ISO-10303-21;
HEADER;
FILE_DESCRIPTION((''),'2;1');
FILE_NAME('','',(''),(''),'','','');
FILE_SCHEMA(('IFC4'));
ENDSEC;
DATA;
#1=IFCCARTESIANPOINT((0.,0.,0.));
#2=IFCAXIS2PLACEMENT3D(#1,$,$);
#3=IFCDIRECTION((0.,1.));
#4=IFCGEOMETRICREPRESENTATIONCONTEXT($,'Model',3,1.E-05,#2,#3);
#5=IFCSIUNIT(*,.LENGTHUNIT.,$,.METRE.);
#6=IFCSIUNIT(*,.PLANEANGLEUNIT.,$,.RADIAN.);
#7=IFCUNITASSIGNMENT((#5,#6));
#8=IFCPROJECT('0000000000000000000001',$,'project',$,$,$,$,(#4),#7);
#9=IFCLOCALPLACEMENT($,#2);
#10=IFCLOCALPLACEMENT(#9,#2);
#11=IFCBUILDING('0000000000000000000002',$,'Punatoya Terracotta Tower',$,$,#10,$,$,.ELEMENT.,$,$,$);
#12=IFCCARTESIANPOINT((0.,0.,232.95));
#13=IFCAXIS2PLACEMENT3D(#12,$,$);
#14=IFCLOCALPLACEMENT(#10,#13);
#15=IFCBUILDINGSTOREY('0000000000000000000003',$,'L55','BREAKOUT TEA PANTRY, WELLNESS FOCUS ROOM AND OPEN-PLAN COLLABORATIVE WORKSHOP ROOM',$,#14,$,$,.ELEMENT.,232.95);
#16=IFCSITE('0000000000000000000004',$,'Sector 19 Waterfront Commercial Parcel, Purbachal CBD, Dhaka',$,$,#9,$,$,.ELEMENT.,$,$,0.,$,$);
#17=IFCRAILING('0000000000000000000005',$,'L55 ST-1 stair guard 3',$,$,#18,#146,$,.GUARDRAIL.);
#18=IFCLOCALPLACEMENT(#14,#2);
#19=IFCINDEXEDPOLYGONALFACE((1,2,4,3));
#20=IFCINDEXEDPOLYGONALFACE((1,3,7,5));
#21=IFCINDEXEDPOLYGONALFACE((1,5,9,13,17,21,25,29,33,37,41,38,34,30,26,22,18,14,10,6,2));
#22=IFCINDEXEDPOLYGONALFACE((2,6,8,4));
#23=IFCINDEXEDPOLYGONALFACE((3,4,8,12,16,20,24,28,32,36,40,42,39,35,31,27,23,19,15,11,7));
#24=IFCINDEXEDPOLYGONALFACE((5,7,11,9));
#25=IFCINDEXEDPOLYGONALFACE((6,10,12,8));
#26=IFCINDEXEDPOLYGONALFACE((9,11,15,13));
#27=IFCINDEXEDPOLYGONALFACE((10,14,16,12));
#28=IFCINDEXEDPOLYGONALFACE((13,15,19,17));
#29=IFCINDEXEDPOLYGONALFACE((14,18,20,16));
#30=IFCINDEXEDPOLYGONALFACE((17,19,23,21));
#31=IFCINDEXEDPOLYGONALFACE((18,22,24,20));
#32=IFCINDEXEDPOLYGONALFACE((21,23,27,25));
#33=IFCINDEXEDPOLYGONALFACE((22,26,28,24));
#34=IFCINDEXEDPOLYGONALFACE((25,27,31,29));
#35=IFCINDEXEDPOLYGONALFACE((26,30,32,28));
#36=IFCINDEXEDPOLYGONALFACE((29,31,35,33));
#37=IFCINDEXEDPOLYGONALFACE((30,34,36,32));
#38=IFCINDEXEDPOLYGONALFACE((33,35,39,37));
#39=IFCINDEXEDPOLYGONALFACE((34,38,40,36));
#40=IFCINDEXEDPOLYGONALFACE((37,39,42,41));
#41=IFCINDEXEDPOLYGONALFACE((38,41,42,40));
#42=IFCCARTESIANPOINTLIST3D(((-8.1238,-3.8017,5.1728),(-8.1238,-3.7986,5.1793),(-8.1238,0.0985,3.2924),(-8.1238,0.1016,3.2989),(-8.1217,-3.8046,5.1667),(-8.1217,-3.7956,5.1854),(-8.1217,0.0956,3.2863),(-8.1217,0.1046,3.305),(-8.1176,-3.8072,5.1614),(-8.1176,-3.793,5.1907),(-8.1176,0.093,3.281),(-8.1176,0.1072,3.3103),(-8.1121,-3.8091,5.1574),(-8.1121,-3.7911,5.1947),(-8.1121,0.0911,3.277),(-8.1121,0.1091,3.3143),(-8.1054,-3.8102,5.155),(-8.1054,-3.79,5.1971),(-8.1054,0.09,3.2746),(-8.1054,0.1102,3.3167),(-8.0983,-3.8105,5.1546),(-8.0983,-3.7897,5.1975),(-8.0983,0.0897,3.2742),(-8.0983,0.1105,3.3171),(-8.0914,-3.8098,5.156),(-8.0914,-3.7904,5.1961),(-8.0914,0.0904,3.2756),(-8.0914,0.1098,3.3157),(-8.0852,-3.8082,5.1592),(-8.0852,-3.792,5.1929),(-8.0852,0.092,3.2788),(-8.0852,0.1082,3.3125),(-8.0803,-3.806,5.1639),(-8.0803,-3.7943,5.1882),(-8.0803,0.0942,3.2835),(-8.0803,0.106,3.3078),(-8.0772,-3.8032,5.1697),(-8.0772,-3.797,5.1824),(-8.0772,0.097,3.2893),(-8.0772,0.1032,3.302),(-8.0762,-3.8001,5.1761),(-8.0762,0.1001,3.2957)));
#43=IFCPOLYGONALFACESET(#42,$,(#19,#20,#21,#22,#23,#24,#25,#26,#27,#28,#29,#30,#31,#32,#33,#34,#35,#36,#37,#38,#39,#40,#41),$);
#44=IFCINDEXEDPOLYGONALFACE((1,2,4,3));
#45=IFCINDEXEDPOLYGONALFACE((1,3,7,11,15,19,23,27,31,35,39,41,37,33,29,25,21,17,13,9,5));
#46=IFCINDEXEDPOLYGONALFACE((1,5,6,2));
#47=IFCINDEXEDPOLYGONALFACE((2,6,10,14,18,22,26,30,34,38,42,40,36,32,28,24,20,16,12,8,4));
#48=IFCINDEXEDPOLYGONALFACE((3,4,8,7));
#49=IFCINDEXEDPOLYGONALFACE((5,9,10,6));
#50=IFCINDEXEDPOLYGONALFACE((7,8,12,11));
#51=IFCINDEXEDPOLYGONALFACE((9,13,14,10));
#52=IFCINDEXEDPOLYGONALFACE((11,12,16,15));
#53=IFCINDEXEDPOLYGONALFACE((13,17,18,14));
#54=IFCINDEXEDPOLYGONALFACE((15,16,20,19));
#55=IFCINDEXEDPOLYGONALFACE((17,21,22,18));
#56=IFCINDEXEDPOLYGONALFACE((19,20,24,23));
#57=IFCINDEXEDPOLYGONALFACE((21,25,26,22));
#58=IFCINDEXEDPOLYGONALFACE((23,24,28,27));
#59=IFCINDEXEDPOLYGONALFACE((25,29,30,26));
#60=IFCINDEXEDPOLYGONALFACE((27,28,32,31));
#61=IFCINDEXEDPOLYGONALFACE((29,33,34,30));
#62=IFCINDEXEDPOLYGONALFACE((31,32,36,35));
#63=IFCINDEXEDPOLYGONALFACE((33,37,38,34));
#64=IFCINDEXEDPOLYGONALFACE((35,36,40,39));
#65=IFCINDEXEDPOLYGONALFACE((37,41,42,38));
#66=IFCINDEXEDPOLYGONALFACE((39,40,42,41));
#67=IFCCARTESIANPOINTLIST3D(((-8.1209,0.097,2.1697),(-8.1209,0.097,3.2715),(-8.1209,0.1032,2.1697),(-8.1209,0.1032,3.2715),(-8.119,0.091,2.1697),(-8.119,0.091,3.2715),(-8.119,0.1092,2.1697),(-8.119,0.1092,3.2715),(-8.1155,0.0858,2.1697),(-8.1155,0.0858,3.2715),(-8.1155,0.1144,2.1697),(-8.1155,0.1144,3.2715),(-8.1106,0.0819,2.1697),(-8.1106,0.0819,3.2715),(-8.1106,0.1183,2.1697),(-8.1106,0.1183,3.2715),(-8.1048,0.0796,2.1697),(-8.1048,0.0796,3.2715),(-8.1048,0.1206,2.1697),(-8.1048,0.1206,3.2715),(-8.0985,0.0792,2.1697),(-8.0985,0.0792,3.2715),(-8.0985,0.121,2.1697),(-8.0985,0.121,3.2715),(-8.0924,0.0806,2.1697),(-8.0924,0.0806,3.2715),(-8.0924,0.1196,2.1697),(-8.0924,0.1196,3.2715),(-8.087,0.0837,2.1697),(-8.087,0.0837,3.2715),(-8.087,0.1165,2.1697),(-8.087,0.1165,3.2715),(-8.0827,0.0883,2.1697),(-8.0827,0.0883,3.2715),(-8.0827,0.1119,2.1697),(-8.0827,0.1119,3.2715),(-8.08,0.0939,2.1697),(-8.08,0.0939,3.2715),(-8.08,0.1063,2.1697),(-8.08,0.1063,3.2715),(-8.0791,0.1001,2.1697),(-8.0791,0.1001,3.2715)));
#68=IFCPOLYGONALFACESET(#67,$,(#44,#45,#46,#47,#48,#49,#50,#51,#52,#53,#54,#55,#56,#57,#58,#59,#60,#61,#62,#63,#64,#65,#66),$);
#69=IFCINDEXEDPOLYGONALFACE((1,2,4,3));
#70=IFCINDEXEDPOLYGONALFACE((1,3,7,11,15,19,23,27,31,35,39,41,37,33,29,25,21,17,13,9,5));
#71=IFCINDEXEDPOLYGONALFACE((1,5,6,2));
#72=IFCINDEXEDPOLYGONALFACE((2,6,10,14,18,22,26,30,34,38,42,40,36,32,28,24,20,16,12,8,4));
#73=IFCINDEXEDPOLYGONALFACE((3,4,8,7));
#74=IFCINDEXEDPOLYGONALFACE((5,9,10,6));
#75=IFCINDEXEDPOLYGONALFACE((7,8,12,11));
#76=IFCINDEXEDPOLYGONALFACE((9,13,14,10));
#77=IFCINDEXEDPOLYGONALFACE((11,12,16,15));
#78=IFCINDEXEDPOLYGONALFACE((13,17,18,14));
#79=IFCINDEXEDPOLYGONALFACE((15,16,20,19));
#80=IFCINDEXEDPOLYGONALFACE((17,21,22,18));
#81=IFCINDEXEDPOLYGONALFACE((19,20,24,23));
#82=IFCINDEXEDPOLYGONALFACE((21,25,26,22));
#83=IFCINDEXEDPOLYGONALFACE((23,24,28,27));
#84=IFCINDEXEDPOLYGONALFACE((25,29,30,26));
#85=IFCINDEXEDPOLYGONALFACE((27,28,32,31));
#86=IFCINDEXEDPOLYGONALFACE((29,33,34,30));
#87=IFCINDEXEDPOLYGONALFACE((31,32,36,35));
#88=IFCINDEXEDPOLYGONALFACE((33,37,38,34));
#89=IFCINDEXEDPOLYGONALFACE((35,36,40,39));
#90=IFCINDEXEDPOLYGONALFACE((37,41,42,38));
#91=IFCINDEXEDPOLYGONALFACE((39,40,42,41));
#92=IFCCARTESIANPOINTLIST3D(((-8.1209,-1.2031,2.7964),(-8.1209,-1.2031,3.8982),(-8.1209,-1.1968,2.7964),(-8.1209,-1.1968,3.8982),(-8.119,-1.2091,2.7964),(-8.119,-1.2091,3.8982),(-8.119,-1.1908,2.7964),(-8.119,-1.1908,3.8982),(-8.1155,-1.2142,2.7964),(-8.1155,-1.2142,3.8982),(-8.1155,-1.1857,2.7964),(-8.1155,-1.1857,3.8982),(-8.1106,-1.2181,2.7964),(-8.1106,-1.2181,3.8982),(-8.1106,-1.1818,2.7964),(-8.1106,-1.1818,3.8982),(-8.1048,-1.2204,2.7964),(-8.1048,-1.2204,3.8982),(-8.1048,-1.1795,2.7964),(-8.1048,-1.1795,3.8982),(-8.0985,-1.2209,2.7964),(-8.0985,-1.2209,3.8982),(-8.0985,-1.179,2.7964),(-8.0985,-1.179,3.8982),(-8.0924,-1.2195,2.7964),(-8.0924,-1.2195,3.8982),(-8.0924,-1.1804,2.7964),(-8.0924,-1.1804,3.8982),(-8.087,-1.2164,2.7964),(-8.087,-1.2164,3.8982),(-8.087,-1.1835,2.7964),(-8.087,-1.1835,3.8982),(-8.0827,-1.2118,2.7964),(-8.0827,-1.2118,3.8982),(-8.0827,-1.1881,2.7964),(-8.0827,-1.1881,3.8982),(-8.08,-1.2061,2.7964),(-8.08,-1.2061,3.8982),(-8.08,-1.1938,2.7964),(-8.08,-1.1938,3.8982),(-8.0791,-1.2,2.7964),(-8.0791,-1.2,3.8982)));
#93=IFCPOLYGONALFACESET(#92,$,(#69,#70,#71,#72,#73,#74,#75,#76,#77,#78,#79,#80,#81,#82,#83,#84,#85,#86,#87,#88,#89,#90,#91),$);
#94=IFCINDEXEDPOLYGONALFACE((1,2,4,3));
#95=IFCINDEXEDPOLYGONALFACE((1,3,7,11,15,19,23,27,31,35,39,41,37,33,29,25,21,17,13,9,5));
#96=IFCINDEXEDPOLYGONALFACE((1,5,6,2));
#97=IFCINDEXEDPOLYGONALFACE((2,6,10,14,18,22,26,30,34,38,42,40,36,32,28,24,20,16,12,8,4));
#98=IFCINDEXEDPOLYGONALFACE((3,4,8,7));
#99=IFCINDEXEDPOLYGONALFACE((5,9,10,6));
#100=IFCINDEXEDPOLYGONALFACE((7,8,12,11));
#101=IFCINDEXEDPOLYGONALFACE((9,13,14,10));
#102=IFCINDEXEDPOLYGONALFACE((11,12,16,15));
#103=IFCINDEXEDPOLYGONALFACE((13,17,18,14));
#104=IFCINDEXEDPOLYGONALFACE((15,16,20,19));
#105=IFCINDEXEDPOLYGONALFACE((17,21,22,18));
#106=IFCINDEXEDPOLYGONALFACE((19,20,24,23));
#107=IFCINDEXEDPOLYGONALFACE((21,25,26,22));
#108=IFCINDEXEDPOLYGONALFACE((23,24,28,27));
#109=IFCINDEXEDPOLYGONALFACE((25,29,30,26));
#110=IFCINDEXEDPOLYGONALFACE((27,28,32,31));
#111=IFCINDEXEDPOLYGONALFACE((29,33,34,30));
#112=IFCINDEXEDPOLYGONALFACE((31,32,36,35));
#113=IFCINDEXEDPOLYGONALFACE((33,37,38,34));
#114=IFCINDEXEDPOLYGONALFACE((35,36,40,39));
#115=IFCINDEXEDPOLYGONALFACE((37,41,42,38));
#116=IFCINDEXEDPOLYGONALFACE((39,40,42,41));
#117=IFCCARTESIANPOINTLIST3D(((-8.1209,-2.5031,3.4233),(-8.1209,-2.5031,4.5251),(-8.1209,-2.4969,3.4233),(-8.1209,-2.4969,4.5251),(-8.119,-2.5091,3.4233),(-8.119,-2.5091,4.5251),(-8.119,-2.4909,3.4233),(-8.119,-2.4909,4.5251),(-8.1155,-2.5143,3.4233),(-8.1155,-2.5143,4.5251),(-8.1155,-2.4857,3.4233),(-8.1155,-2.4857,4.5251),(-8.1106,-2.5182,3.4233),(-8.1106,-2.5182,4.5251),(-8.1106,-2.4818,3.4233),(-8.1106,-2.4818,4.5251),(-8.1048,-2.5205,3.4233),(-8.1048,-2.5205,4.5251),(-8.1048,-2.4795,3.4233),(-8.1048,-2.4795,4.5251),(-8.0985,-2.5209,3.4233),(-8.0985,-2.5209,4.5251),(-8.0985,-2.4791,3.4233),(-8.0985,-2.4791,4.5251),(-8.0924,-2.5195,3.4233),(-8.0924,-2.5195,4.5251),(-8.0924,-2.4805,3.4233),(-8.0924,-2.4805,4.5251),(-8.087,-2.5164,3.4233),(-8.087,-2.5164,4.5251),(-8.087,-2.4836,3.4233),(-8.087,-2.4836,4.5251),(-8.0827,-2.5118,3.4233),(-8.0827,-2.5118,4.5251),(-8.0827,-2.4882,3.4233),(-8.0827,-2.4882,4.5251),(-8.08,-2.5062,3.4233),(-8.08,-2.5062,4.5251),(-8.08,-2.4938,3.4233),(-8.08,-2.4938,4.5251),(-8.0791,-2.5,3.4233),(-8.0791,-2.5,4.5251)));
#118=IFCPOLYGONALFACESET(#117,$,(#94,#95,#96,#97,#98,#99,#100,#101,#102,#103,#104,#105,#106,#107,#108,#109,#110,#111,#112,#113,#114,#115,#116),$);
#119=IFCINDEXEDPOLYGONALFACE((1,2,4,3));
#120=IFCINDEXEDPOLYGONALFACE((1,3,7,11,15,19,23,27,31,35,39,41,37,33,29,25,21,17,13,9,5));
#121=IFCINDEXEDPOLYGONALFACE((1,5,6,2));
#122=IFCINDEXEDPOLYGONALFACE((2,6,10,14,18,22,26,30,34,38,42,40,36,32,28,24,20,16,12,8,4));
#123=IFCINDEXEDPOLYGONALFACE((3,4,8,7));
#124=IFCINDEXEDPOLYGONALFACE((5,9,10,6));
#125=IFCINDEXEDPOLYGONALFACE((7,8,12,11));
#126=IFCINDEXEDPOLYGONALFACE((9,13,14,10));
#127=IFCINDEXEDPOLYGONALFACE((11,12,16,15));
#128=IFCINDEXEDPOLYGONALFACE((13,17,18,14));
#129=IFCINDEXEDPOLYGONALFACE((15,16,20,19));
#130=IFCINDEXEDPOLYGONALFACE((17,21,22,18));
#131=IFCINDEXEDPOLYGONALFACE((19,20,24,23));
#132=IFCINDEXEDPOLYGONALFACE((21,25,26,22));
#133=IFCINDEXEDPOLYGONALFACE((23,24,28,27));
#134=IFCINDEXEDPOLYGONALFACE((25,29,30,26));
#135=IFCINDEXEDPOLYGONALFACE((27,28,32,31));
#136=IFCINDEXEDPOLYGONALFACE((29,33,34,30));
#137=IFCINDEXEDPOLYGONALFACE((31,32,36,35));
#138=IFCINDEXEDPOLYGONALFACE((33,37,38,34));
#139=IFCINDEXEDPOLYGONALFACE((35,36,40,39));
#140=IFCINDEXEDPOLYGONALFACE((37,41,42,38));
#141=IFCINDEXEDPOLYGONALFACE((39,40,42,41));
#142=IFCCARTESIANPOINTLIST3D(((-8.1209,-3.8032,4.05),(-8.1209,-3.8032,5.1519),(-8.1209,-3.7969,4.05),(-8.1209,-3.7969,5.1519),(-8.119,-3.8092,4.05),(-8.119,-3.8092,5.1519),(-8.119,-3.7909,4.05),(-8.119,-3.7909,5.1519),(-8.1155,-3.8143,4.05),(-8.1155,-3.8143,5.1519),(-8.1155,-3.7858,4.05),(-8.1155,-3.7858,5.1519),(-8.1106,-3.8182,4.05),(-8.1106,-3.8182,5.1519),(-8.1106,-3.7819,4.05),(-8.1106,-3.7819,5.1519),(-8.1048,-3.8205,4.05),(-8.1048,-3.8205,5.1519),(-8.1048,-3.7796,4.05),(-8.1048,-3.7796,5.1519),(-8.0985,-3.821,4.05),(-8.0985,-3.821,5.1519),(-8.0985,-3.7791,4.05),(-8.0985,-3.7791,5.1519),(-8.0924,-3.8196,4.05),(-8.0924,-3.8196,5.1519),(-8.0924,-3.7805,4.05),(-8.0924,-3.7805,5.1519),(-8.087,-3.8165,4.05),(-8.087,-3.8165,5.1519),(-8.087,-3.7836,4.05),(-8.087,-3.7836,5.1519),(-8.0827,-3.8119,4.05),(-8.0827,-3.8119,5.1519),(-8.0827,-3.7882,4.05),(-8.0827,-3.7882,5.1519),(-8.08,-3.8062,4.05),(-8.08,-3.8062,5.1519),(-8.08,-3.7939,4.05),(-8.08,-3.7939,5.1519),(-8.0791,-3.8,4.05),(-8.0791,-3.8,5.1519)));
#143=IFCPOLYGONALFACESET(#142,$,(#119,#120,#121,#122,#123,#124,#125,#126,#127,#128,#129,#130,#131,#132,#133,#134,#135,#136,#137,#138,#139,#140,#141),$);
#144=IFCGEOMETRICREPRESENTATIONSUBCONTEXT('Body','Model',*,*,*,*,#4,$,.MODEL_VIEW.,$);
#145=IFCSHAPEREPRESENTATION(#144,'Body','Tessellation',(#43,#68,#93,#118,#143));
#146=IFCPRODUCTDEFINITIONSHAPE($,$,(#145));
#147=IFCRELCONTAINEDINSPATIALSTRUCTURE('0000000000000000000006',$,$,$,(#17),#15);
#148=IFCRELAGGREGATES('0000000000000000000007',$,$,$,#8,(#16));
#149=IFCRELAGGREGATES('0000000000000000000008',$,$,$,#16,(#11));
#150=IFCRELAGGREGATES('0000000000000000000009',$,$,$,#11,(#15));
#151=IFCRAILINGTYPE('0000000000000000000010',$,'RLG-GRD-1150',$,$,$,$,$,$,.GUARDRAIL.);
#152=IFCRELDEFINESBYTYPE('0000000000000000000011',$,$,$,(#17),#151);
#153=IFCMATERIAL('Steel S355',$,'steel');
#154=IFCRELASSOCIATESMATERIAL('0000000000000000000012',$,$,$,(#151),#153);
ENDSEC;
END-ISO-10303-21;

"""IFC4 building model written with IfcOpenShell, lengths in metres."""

from ifc_helpers import new_model, si_unit, direction, frame, origin, origin_2d, place, context, subcontext, project, spatial, circle, extrude, material, type_object, element, save


model = new_model("IFC4")

# Units and contexts
model_context = context("Model", 3, precision=1e-05, world=origin(), true_north=direction((0.0, 1.0)))
body_context = subcontext(model_context, "Body", "Model", "MODEL_VIEW")
ifc_project = project(units=[si_unit("LENGTHUNIT", "METRE"), si_unit("PLANEANGLEUNIT", "RADIAN")], contexts=[model_context])

# Site, building, storey
site_placement = place(None, origin())
site = spatial("IfcSite", under=ifc_project, at=site_placement, Name="Sector 19 Waterfront Commercial Parcel, Purbachal CBD, Dhaka", CompositionType="ELEMENT", RefElevation=0.0)
building_placement = place(site_placement, origin())
building = spatial("IfcBuilding", under=site, at=building_placement, Name="Punatoya Terracotta Tower", CompositionType="ELEMENT")
storey_placement = place(building_placement, frame((0.0, 0.0, 232.95)))
storey = spatial("IfcBuildingStorey", under=building, at=storey_placement, Name="L55", Description="BREAKOUT TEA PANTRY, WELLNESS FOCUS ROOM AND OPEN-PLAN COLLABORATIVE WORKSHOP ROOM", CompositionType="ELEMENT", Elevation=232.95)

# Shared definitions
ifc_material_1 = material(Name="Steel S355", Category="steel")

# Railing
railing_type_1 = type_object("IfcRailingType", Name="RLG-GRD-1150", PredefinedType="GUARDRAIL", material=ifc_material_1)
railing_1_placement = place(storey_placement, frame((-8.1001, 0.1001, 2.1697)))
element("IfcRailing", 1, at=railing_1_placement, inside=storey, type_object=railing_type_1, Name="L55 ST-1 stair guard 3", PredefinedType="GUARDRAIL", context=body_context, shape_type="SweptSolid", body=[
    extrude(circle(Radius=0.0239, at=origin_2d()), frame((0.0, 0.0, 1.126), z_axis=(0.0, -0.900774, 0.434289), x_axis=(1.0, 0.0, 0.0)), (0.0, 0.0, 1.0), 4.3298),
    extrude(circle(Radius=0.021, at=origin_2d()), origin(), (0.0, 0.0, 1.0), 1.1018),
    extrude(circle(Radius=0.021, at=origin_2d()), frame((0.0, -1.3, 0.6267)), (0.0, 0.0, 1.0), 1.1018),
    extrude(circle(Radius=0.021, at=origin_2d()), frame((0.0, -2.6001, 1.2537)), (0.0, 0.0, 1.0), 1.1018),
    extrude(circle(Radius=0.021, at=origin_2d()), frame((0.0, -3.9001, 1.8804)), (0.0, 0.0, 1.0), 1.1018),
])

save(model, "model.ifc")
